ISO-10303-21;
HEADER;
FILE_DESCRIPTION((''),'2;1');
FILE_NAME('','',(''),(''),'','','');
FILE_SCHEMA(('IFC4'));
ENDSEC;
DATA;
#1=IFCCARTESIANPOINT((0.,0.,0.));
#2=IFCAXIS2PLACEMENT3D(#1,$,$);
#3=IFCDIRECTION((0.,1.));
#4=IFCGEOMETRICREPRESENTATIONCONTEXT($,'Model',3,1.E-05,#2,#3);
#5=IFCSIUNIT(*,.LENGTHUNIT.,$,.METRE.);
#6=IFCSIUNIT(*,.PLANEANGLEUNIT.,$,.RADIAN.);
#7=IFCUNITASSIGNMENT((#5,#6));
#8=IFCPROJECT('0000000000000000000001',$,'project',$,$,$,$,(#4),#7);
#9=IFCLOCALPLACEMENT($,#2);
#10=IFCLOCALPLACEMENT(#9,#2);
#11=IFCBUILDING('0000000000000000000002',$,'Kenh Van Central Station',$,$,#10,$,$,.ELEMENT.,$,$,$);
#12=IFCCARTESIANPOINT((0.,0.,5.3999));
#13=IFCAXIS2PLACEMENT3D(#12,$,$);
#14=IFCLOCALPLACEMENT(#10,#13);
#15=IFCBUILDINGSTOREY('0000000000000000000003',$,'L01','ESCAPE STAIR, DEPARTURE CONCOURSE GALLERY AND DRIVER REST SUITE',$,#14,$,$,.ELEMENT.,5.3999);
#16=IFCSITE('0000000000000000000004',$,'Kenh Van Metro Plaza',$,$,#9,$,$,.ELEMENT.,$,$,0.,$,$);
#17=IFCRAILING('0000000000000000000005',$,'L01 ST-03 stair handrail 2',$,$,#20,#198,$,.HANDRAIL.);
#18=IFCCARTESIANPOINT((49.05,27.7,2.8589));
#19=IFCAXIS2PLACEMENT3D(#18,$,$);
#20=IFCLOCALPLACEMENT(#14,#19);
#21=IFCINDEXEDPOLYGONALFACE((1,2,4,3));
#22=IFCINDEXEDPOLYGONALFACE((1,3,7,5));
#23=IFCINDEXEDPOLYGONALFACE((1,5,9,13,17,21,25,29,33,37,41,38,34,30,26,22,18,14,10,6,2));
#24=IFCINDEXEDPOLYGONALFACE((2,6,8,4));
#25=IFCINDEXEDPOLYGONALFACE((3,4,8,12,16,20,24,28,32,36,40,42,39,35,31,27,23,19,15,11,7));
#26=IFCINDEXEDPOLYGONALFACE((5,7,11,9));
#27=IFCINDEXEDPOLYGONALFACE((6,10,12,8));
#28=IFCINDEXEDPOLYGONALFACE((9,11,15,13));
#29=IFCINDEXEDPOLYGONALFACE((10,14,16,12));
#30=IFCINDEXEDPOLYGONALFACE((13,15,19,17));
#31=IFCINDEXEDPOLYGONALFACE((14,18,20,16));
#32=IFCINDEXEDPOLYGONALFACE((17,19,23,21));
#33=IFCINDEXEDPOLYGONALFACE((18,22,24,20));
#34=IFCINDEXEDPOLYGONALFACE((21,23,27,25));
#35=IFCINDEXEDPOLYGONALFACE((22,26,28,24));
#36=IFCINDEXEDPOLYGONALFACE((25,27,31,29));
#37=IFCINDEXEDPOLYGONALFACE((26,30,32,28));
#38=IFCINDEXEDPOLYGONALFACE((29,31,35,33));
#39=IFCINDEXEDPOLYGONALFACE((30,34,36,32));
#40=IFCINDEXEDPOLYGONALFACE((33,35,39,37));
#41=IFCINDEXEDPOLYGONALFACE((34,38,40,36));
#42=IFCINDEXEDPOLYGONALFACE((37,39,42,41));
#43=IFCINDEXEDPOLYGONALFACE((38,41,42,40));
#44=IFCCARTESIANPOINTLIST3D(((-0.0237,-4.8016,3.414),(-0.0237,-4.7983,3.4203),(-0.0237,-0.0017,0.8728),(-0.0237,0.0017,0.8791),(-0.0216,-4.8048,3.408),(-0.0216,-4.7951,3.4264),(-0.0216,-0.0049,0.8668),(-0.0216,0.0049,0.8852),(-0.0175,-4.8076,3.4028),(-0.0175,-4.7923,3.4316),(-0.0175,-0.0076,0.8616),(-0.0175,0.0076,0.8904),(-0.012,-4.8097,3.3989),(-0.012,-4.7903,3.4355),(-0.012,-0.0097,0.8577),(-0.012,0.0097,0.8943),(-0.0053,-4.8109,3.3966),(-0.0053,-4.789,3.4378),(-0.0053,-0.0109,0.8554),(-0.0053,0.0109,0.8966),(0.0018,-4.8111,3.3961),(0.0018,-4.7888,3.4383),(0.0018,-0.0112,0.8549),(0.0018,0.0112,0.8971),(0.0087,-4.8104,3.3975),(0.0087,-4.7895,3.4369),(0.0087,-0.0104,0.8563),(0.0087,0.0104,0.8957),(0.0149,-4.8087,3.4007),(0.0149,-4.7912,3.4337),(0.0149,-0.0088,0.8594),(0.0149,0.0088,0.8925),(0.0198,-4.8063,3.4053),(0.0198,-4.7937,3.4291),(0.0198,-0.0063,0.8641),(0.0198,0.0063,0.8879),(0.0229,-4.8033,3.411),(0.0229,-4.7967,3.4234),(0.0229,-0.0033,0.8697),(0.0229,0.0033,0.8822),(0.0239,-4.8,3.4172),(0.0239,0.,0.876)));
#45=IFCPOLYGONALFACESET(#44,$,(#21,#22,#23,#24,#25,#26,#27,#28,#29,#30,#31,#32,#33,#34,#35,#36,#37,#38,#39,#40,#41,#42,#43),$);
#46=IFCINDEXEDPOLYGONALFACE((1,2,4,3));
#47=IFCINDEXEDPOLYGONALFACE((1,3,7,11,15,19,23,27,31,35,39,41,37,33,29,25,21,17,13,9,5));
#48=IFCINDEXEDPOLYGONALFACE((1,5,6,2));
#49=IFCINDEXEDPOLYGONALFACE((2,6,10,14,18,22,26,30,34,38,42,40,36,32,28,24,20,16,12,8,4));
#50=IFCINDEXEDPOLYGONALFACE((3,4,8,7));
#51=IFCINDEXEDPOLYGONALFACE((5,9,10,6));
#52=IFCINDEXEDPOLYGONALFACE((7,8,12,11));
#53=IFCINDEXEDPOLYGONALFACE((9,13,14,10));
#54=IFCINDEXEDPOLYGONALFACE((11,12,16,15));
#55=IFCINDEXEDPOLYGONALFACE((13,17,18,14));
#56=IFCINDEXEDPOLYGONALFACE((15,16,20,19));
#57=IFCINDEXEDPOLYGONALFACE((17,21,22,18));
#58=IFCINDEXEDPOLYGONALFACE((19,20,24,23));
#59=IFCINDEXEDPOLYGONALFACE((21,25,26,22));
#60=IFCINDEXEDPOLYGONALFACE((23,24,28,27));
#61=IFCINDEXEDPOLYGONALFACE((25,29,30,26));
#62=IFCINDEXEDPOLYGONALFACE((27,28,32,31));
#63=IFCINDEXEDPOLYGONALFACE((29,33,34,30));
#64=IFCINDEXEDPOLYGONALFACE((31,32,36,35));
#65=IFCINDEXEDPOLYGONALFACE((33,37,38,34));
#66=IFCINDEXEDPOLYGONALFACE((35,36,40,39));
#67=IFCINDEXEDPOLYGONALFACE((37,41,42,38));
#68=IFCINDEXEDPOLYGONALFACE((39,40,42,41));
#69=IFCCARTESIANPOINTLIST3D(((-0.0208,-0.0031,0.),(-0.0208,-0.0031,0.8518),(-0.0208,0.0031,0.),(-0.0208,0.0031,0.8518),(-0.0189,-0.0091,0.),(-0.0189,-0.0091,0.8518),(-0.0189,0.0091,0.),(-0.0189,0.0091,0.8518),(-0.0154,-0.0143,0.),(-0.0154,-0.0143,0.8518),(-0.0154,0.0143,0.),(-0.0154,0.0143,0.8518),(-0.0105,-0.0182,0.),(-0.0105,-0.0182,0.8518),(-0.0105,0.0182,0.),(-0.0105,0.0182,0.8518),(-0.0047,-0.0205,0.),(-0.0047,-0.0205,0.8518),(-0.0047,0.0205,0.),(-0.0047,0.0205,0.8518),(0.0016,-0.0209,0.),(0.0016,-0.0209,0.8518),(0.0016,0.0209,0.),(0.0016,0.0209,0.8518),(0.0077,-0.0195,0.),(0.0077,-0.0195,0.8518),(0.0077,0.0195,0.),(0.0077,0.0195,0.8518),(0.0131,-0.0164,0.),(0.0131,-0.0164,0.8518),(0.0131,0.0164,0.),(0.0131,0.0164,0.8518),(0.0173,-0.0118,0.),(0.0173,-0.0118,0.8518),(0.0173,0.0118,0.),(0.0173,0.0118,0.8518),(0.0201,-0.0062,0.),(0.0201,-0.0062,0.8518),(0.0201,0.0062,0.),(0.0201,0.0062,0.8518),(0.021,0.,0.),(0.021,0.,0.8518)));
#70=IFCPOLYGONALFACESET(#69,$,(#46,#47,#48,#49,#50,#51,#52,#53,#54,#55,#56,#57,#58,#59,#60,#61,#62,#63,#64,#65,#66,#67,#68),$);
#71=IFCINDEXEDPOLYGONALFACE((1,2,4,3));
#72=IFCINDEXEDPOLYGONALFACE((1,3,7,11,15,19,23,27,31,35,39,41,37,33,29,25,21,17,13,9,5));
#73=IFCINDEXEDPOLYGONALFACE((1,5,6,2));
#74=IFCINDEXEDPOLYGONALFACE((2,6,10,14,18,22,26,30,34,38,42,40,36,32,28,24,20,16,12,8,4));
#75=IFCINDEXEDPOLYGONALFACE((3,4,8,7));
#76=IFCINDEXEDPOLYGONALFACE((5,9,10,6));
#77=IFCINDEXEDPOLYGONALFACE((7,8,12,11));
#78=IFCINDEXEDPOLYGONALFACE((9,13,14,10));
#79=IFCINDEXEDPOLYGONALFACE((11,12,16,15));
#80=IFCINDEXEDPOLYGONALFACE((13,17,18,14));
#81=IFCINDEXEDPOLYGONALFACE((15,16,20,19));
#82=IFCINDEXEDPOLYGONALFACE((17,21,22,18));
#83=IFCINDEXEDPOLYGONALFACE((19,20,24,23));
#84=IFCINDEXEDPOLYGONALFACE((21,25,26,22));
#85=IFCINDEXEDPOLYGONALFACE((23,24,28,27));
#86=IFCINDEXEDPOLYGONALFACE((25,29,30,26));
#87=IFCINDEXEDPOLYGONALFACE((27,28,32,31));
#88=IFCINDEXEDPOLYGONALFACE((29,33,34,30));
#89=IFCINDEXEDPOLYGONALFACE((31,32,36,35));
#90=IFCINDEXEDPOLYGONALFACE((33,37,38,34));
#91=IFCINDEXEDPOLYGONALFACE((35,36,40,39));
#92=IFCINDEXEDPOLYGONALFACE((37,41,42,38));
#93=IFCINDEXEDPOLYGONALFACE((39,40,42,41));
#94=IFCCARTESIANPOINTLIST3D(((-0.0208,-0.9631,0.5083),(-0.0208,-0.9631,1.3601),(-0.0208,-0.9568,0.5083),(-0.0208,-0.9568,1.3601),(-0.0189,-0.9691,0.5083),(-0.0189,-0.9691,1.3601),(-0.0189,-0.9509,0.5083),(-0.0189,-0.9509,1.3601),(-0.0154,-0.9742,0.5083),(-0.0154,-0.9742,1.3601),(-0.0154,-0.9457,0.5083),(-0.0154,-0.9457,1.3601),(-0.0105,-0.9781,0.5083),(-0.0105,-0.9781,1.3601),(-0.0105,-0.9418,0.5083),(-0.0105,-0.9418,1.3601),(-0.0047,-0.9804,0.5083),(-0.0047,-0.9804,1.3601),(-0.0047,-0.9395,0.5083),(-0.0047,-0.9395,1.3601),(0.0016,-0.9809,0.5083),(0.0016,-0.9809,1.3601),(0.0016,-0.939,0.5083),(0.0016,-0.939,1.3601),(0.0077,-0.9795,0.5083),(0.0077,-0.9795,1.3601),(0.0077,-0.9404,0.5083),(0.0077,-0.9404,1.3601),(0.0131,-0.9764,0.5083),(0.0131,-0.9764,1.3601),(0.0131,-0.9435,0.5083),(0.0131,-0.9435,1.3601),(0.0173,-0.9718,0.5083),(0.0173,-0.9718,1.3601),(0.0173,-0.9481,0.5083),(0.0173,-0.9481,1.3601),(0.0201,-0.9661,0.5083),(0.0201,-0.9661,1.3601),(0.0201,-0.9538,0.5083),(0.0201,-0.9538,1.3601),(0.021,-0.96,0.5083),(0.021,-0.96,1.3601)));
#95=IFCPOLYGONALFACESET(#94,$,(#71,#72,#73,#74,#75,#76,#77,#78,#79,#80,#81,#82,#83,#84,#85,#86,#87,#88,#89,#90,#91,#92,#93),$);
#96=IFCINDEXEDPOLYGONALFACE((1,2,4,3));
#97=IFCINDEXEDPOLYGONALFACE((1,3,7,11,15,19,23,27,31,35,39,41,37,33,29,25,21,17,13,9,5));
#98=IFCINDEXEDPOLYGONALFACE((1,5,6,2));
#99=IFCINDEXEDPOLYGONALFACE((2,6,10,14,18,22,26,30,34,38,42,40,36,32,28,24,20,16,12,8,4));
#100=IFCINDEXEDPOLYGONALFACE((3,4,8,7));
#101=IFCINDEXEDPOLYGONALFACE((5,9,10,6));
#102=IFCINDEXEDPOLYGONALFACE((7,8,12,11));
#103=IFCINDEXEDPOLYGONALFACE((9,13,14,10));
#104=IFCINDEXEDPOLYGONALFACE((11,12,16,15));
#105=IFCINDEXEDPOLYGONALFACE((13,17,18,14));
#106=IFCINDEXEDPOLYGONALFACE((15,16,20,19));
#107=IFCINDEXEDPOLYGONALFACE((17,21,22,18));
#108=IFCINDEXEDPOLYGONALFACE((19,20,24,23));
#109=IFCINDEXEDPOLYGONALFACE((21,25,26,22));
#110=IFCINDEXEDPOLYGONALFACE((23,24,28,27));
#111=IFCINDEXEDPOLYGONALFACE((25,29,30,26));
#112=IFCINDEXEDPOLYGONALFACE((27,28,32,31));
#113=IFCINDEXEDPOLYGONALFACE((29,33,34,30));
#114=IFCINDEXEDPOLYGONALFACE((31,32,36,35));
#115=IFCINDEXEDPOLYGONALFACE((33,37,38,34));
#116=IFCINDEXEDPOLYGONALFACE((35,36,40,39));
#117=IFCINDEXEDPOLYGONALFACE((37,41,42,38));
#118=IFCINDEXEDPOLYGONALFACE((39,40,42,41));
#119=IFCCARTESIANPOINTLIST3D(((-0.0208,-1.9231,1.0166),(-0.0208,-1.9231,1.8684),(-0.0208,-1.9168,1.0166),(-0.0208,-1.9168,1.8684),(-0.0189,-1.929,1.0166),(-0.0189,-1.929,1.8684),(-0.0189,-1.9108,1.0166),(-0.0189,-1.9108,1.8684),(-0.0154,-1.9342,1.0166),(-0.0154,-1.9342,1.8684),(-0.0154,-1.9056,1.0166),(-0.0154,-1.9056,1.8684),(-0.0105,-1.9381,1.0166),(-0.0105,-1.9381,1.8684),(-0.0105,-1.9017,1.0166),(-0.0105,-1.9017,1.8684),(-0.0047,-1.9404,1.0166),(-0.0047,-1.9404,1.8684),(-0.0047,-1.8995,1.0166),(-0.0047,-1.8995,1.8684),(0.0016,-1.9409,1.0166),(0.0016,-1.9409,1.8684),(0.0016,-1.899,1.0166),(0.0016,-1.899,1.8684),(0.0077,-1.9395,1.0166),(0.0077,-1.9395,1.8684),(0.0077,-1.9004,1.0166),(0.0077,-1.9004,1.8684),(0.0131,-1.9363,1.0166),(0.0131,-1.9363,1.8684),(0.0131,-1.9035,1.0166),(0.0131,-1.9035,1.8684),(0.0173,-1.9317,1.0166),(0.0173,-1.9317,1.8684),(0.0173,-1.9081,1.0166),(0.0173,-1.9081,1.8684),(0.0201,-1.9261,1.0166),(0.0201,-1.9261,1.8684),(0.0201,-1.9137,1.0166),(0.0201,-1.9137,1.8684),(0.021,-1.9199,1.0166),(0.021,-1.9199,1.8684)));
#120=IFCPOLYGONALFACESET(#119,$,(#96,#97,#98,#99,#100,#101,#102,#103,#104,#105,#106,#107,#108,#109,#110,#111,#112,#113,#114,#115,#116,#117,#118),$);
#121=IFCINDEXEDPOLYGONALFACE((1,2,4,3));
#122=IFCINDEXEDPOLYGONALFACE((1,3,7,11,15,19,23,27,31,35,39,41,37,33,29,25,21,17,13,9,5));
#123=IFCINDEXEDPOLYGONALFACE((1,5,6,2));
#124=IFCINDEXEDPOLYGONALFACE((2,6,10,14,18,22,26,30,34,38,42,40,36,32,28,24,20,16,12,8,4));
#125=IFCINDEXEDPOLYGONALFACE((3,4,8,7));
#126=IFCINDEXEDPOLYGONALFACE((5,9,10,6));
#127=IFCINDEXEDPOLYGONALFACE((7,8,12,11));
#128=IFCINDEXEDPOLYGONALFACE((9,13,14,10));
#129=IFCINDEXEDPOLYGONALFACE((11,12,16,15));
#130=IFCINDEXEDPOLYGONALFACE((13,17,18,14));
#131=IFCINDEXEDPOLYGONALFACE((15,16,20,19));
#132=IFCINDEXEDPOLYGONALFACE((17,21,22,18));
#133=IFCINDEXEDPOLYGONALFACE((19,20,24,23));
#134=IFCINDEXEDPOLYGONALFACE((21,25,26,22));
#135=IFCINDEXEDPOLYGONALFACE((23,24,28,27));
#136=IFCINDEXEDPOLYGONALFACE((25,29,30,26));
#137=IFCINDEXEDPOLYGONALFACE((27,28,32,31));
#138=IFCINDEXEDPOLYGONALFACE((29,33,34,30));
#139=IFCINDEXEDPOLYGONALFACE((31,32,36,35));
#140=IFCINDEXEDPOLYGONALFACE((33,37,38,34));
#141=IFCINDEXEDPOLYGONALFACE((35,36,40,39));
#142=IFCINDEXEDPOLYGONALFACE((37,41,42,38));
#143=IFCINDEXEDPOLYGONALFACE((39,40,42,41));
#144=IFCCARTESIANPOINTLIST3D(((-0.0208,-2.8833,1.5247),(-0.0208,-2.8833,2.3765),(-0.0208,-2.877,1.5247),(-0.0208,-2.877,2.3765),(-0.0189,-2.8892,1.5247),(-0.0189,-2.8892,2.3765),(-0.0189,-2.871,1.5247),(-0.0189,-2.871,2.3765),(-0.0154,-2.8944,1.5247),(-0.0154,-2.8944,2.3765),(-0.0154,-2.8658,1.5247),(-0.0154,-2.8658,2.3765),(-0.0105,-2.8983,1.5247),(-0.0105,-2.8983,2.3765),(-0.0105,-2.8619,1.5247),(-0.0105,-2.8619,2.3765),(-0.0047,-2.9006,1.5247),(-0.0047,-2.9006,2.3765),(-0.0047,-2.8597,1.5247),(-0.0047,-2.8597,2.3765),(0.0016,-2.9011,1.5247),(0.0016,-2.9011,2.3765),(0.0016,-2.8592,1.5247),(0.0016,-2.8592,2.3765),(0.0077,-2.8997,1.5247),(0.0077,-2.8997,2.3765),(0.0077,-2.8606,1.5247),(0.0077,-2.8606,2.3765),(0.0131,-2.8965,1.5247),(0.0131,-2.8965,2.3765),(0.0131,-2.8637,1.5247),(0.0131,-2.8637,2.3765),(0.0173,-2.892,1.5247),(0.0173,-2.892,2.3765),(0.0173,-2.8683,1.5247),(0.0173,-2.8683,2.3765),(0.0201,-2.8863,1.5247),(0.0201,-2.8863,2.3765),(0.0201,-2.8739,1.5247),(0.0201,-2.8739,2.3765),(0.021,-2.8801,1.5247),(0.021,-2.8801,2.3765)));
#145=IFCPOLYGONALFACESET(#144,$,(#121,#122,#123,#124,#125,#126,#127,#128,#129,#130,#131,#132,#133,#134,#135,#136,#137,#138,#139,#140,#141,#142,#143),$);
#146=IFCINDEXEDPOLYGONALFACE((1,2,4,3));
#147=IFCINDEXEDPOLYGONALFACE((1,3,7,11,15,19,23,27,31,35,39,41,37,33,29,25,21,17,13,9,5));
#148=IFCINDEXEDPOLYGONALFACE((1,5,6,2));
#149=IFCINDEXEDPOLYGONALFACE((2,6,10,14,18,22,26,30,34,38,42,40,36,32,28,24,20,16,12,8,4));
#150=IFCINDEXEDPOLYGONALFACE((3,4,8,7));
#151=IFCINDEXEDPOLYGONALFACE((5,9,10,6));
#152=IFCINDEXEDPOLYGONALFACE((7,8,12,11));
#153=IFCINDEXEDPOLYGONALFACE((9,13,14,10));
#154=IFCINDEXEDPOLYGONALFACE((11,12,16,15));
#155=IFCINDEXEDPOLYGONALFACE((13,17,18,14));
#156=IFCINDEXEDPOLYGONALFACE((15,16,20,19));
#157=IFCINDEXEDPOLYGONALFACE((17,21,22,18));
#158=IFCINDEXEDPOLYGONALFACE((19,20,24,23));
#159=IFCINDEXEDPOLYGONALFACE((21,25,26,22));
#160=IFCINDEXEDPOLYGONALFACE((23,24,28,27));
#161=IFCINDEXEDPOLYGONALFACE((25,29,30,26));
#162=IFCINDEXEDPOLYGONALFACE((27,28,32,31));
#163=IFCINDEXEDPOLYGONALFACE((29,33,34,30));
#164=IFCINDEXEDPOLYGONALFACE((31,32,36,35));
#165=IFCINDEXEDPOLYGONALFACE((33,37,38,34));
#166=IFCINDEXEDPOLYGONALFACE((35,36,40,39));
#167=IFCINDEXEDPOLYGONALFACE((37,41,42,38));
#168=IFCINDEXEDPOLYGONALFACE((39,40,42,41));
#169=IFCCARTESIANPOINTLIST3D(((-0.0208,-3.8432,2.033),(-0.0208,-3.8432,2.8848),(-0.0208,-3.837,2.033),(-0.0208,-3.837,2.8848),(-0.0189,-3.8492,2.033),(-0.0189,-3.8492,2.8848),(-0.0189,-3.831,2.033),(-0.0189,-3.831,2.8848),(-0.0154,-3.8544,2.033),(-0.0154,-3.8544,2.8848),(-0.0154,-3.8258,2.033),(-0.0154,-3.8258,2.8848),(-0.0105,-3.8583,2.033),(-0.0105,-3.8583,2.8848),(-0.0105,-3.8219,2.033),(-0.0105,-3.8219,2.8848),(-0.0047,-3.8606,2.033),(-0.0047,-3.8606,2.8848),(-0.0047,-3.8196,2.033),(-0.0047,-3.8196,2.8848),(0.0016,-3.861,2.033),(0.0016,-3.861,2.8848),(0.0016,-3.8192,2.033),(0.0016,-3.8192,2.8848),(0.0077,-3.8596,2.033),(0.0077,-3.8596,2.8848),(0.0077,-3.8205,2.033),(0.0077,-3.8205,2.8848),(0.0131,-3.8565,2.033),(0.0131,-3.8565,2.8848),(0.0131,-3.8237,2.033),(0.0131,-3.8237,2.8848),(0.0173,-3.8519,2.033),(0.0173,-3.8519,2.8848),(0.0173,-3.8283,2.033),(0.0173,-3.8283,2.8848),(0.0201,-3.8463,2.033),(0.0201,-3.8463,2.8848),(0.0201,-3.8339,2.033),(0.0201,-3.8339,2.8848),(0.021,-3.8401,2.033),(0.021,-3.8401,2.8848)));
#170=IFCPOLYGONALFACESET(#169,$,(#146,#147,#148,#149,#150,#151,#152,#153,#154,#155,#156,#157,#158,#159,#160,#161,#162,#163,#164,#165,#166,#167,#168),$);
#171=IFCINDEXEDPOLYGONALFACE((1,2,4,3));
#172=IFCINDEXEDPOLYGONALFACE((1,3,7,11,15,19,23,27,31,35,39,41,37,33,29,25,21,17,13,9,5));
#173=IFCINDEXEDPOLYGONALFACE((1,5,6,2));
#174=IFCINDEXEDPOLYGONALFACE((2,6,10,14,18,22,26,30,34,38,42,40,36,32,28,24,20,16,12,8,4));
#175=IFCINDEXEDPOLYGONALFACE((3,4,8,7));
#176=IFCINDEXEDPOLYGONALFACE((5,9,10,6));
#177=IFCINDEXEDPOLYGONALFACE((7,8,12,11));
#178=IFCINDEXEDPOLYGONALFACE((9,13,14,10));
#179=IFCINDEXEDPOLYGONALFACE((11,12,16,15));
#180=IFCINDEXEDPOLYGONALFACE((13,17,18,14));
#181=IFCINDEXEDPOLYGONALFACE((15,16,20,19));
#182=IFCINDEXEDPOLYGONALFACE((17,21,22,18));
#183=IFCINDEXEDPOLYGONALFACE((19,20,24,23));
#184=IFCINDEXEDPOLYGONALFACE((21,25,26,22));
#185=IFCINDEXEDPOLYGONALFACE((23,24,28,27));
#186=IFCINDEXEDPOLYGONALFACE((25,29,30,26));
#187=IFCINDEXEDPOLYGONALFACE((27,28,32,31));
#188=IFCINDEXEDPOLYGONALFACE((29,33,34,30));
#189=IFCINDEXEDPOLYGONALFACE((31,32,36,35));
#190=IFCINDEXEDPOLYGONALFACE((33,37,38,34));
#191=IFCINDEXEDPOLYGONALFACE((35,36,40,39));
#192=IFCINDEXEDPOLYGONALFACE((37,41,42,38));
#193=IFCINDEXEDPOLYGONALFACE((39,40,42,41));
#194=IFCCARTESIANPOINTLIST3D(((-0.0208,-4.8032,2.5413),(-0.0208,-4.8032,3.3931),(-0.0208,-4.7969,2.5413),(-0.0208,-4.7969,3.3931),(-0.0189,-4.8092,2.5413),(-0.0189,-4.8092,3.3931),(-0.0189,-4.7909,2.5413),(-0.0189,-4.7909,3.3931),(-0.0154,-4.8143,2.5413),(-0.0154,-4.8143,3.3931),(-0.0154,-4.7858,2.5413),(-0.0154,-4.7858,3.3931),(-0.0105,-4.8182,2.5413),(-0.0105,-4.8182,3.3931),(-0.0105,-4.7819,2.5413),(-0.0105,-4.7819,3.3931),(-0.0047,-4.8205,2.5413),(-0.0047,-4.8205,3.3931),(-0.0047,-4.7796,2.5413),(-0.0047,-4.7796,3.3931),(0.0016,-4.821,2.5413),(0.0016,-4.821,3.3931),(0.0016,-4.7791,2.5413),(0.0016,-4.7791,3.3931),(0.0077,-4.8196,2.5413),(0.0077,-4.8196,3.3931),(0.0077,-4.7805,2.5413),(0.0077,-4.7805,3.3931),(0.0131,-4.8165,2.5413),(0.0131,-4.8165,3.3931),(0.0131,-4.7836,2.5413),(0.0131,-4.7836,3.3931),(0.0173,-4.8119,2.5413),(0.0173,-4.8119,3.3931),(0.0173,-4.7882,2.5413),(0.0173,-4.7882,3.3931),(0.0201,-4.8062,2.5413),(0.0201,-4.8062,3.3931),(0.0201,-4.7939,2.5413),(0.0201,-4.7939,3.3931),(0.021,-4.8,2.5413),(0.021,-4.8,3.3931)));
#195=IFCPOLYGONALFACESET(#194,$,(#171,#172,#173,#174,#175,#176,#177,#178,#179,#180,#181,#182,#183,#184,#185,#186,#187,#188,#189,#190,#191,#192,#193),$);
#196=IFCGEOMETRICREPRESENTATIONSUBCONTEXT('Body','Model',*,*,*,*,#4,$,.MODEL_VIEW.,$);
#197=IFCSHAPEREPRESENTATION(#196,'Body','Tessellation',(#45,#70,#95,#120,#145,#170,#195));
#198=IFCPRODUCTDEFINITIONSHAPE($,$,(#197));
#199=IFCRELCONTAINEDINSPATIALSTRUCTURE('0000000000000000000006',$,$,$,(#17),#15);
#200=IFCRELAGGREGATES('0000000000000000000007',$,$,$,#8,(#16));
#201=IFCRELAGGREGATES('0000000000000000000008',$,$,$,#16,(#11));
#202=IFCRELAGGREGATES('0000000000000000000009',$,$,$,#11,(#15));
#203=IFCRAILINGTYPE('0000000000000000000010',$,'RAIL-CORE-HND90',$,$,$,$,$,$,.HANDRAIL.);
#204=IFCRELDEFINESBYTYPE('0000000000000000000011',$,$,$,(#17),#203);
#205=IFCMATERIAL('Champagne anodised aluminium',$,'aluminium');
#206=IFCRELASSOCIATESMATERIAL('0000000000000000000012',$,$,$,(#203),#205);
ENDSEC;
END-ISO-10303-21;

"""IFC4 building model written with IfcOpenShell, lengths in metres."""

from ifc_helpers import new_model, si_unit, direction, frame, origin, origin_2d, place, context, subcontext, project, spatial, circle, extrude, material, type_object, element, save


model = new_model("IFC4")

# Units and contexts
model_context = context("Model", 3, precision=1e-05, world=origin(), true_north=direction((0.0, 1.0)))
body_context = subcontext(model_context, "Body", "Model", "MODEL_VIEW")
ifc_project = project(units=[si_unit("LENGTHUNIT", "METRE"), si_unit("PLANEANGLEUNIT", "RADIAN")], contexts=[model_context])

# Site, building, storey
site_placement = place(None, origin())
site = spatial("IfcSite", under=ifc_project, at=site_placement, Name="Kenh Van Metro Plaza", CompositionType="ELEMENT", RefElevation=0.0)
building_placement = place(site_placement, origin())
building = spatial("IfcBuilding", under=site, at=building_placement, Name="Kenh Van Central Station", CompositionType="ELEMENT")
storey_placement = place(building_placement, frame((0.0, 0.0, 5.3999)))
storey = spatial("IfcBuildingStorey", under=building, at=storey_placement, Name="L01", Description="ESCAPE STAIR, DEPARTURE CONCOURSE GALLERY AND DRIVER REST SUITE", CompositionType="ELEMENT", Elevation=5.3999)

# Shared definitions
ifc_material_1 = material(Name="Champagne anodised aluminium", Category="aluminium")

# Railing
railing_type_1 = type_object("IfcRailingType", Name="RAIL-CORE-HND90", PredefinedType="HANDRAIL", material=ifc_material_1)
railing_1_placement = place(storey_placement, frame((49.05, 27.7, 2.8589)))
element("IfcRailing", 1, at=railing_1_placement, inside=storey, type_object=railing_type_1, Name="L01 ST-03 stair handrail 2", PredefinedType="HANDRAIL", context=body_context, shape_type="SweptSolid", body=[
    extrude(circle(Radius=0.0239, at=origin_2d()), frame((0.0, 0.0, 0.876), z_axis=(0.0, -0.883784, 0.467896), x_axis=(1.0, 0.0, 0.0)), (0.0, 0.0, 1.0), 5.4312),
    extrude(circle(Radius=0.021, at=origin_2d()), origin(), (0.0, 0.0, 1.0), 0.8518),
    extrude(circle(Radius=0.021, at=origin_2d()), frame((0.0, -0.96, 0.5083)), (0.0, 0.0, 1.0), 0.8518),
    extrude(circle(Radius=0.021, at=origin_2d()), frame((0.0, -1.9199, 1.0166)), (0.0, 0.0, 1.0), 0.8518),
    extrude(circle(Radius=0.021, at=origin_2d()), frame((0.0, -2.8801, 1.5247)), (0.0, 0.0, 1.0), 0.8518),
    extrude(circle(Radius=0.021, at=origin_2d()), frame((0.0, -3.8401, 2.033)), (0.0, 0.0, 1.0), 0.8518),
    extrude(circle(Radius=0.021, at=origin_2d()), frame((0.0, -4.8, 2.5413)), (0.0, 0.0, 1.0), 0.8518),
])

save(model, "model.ifc")
